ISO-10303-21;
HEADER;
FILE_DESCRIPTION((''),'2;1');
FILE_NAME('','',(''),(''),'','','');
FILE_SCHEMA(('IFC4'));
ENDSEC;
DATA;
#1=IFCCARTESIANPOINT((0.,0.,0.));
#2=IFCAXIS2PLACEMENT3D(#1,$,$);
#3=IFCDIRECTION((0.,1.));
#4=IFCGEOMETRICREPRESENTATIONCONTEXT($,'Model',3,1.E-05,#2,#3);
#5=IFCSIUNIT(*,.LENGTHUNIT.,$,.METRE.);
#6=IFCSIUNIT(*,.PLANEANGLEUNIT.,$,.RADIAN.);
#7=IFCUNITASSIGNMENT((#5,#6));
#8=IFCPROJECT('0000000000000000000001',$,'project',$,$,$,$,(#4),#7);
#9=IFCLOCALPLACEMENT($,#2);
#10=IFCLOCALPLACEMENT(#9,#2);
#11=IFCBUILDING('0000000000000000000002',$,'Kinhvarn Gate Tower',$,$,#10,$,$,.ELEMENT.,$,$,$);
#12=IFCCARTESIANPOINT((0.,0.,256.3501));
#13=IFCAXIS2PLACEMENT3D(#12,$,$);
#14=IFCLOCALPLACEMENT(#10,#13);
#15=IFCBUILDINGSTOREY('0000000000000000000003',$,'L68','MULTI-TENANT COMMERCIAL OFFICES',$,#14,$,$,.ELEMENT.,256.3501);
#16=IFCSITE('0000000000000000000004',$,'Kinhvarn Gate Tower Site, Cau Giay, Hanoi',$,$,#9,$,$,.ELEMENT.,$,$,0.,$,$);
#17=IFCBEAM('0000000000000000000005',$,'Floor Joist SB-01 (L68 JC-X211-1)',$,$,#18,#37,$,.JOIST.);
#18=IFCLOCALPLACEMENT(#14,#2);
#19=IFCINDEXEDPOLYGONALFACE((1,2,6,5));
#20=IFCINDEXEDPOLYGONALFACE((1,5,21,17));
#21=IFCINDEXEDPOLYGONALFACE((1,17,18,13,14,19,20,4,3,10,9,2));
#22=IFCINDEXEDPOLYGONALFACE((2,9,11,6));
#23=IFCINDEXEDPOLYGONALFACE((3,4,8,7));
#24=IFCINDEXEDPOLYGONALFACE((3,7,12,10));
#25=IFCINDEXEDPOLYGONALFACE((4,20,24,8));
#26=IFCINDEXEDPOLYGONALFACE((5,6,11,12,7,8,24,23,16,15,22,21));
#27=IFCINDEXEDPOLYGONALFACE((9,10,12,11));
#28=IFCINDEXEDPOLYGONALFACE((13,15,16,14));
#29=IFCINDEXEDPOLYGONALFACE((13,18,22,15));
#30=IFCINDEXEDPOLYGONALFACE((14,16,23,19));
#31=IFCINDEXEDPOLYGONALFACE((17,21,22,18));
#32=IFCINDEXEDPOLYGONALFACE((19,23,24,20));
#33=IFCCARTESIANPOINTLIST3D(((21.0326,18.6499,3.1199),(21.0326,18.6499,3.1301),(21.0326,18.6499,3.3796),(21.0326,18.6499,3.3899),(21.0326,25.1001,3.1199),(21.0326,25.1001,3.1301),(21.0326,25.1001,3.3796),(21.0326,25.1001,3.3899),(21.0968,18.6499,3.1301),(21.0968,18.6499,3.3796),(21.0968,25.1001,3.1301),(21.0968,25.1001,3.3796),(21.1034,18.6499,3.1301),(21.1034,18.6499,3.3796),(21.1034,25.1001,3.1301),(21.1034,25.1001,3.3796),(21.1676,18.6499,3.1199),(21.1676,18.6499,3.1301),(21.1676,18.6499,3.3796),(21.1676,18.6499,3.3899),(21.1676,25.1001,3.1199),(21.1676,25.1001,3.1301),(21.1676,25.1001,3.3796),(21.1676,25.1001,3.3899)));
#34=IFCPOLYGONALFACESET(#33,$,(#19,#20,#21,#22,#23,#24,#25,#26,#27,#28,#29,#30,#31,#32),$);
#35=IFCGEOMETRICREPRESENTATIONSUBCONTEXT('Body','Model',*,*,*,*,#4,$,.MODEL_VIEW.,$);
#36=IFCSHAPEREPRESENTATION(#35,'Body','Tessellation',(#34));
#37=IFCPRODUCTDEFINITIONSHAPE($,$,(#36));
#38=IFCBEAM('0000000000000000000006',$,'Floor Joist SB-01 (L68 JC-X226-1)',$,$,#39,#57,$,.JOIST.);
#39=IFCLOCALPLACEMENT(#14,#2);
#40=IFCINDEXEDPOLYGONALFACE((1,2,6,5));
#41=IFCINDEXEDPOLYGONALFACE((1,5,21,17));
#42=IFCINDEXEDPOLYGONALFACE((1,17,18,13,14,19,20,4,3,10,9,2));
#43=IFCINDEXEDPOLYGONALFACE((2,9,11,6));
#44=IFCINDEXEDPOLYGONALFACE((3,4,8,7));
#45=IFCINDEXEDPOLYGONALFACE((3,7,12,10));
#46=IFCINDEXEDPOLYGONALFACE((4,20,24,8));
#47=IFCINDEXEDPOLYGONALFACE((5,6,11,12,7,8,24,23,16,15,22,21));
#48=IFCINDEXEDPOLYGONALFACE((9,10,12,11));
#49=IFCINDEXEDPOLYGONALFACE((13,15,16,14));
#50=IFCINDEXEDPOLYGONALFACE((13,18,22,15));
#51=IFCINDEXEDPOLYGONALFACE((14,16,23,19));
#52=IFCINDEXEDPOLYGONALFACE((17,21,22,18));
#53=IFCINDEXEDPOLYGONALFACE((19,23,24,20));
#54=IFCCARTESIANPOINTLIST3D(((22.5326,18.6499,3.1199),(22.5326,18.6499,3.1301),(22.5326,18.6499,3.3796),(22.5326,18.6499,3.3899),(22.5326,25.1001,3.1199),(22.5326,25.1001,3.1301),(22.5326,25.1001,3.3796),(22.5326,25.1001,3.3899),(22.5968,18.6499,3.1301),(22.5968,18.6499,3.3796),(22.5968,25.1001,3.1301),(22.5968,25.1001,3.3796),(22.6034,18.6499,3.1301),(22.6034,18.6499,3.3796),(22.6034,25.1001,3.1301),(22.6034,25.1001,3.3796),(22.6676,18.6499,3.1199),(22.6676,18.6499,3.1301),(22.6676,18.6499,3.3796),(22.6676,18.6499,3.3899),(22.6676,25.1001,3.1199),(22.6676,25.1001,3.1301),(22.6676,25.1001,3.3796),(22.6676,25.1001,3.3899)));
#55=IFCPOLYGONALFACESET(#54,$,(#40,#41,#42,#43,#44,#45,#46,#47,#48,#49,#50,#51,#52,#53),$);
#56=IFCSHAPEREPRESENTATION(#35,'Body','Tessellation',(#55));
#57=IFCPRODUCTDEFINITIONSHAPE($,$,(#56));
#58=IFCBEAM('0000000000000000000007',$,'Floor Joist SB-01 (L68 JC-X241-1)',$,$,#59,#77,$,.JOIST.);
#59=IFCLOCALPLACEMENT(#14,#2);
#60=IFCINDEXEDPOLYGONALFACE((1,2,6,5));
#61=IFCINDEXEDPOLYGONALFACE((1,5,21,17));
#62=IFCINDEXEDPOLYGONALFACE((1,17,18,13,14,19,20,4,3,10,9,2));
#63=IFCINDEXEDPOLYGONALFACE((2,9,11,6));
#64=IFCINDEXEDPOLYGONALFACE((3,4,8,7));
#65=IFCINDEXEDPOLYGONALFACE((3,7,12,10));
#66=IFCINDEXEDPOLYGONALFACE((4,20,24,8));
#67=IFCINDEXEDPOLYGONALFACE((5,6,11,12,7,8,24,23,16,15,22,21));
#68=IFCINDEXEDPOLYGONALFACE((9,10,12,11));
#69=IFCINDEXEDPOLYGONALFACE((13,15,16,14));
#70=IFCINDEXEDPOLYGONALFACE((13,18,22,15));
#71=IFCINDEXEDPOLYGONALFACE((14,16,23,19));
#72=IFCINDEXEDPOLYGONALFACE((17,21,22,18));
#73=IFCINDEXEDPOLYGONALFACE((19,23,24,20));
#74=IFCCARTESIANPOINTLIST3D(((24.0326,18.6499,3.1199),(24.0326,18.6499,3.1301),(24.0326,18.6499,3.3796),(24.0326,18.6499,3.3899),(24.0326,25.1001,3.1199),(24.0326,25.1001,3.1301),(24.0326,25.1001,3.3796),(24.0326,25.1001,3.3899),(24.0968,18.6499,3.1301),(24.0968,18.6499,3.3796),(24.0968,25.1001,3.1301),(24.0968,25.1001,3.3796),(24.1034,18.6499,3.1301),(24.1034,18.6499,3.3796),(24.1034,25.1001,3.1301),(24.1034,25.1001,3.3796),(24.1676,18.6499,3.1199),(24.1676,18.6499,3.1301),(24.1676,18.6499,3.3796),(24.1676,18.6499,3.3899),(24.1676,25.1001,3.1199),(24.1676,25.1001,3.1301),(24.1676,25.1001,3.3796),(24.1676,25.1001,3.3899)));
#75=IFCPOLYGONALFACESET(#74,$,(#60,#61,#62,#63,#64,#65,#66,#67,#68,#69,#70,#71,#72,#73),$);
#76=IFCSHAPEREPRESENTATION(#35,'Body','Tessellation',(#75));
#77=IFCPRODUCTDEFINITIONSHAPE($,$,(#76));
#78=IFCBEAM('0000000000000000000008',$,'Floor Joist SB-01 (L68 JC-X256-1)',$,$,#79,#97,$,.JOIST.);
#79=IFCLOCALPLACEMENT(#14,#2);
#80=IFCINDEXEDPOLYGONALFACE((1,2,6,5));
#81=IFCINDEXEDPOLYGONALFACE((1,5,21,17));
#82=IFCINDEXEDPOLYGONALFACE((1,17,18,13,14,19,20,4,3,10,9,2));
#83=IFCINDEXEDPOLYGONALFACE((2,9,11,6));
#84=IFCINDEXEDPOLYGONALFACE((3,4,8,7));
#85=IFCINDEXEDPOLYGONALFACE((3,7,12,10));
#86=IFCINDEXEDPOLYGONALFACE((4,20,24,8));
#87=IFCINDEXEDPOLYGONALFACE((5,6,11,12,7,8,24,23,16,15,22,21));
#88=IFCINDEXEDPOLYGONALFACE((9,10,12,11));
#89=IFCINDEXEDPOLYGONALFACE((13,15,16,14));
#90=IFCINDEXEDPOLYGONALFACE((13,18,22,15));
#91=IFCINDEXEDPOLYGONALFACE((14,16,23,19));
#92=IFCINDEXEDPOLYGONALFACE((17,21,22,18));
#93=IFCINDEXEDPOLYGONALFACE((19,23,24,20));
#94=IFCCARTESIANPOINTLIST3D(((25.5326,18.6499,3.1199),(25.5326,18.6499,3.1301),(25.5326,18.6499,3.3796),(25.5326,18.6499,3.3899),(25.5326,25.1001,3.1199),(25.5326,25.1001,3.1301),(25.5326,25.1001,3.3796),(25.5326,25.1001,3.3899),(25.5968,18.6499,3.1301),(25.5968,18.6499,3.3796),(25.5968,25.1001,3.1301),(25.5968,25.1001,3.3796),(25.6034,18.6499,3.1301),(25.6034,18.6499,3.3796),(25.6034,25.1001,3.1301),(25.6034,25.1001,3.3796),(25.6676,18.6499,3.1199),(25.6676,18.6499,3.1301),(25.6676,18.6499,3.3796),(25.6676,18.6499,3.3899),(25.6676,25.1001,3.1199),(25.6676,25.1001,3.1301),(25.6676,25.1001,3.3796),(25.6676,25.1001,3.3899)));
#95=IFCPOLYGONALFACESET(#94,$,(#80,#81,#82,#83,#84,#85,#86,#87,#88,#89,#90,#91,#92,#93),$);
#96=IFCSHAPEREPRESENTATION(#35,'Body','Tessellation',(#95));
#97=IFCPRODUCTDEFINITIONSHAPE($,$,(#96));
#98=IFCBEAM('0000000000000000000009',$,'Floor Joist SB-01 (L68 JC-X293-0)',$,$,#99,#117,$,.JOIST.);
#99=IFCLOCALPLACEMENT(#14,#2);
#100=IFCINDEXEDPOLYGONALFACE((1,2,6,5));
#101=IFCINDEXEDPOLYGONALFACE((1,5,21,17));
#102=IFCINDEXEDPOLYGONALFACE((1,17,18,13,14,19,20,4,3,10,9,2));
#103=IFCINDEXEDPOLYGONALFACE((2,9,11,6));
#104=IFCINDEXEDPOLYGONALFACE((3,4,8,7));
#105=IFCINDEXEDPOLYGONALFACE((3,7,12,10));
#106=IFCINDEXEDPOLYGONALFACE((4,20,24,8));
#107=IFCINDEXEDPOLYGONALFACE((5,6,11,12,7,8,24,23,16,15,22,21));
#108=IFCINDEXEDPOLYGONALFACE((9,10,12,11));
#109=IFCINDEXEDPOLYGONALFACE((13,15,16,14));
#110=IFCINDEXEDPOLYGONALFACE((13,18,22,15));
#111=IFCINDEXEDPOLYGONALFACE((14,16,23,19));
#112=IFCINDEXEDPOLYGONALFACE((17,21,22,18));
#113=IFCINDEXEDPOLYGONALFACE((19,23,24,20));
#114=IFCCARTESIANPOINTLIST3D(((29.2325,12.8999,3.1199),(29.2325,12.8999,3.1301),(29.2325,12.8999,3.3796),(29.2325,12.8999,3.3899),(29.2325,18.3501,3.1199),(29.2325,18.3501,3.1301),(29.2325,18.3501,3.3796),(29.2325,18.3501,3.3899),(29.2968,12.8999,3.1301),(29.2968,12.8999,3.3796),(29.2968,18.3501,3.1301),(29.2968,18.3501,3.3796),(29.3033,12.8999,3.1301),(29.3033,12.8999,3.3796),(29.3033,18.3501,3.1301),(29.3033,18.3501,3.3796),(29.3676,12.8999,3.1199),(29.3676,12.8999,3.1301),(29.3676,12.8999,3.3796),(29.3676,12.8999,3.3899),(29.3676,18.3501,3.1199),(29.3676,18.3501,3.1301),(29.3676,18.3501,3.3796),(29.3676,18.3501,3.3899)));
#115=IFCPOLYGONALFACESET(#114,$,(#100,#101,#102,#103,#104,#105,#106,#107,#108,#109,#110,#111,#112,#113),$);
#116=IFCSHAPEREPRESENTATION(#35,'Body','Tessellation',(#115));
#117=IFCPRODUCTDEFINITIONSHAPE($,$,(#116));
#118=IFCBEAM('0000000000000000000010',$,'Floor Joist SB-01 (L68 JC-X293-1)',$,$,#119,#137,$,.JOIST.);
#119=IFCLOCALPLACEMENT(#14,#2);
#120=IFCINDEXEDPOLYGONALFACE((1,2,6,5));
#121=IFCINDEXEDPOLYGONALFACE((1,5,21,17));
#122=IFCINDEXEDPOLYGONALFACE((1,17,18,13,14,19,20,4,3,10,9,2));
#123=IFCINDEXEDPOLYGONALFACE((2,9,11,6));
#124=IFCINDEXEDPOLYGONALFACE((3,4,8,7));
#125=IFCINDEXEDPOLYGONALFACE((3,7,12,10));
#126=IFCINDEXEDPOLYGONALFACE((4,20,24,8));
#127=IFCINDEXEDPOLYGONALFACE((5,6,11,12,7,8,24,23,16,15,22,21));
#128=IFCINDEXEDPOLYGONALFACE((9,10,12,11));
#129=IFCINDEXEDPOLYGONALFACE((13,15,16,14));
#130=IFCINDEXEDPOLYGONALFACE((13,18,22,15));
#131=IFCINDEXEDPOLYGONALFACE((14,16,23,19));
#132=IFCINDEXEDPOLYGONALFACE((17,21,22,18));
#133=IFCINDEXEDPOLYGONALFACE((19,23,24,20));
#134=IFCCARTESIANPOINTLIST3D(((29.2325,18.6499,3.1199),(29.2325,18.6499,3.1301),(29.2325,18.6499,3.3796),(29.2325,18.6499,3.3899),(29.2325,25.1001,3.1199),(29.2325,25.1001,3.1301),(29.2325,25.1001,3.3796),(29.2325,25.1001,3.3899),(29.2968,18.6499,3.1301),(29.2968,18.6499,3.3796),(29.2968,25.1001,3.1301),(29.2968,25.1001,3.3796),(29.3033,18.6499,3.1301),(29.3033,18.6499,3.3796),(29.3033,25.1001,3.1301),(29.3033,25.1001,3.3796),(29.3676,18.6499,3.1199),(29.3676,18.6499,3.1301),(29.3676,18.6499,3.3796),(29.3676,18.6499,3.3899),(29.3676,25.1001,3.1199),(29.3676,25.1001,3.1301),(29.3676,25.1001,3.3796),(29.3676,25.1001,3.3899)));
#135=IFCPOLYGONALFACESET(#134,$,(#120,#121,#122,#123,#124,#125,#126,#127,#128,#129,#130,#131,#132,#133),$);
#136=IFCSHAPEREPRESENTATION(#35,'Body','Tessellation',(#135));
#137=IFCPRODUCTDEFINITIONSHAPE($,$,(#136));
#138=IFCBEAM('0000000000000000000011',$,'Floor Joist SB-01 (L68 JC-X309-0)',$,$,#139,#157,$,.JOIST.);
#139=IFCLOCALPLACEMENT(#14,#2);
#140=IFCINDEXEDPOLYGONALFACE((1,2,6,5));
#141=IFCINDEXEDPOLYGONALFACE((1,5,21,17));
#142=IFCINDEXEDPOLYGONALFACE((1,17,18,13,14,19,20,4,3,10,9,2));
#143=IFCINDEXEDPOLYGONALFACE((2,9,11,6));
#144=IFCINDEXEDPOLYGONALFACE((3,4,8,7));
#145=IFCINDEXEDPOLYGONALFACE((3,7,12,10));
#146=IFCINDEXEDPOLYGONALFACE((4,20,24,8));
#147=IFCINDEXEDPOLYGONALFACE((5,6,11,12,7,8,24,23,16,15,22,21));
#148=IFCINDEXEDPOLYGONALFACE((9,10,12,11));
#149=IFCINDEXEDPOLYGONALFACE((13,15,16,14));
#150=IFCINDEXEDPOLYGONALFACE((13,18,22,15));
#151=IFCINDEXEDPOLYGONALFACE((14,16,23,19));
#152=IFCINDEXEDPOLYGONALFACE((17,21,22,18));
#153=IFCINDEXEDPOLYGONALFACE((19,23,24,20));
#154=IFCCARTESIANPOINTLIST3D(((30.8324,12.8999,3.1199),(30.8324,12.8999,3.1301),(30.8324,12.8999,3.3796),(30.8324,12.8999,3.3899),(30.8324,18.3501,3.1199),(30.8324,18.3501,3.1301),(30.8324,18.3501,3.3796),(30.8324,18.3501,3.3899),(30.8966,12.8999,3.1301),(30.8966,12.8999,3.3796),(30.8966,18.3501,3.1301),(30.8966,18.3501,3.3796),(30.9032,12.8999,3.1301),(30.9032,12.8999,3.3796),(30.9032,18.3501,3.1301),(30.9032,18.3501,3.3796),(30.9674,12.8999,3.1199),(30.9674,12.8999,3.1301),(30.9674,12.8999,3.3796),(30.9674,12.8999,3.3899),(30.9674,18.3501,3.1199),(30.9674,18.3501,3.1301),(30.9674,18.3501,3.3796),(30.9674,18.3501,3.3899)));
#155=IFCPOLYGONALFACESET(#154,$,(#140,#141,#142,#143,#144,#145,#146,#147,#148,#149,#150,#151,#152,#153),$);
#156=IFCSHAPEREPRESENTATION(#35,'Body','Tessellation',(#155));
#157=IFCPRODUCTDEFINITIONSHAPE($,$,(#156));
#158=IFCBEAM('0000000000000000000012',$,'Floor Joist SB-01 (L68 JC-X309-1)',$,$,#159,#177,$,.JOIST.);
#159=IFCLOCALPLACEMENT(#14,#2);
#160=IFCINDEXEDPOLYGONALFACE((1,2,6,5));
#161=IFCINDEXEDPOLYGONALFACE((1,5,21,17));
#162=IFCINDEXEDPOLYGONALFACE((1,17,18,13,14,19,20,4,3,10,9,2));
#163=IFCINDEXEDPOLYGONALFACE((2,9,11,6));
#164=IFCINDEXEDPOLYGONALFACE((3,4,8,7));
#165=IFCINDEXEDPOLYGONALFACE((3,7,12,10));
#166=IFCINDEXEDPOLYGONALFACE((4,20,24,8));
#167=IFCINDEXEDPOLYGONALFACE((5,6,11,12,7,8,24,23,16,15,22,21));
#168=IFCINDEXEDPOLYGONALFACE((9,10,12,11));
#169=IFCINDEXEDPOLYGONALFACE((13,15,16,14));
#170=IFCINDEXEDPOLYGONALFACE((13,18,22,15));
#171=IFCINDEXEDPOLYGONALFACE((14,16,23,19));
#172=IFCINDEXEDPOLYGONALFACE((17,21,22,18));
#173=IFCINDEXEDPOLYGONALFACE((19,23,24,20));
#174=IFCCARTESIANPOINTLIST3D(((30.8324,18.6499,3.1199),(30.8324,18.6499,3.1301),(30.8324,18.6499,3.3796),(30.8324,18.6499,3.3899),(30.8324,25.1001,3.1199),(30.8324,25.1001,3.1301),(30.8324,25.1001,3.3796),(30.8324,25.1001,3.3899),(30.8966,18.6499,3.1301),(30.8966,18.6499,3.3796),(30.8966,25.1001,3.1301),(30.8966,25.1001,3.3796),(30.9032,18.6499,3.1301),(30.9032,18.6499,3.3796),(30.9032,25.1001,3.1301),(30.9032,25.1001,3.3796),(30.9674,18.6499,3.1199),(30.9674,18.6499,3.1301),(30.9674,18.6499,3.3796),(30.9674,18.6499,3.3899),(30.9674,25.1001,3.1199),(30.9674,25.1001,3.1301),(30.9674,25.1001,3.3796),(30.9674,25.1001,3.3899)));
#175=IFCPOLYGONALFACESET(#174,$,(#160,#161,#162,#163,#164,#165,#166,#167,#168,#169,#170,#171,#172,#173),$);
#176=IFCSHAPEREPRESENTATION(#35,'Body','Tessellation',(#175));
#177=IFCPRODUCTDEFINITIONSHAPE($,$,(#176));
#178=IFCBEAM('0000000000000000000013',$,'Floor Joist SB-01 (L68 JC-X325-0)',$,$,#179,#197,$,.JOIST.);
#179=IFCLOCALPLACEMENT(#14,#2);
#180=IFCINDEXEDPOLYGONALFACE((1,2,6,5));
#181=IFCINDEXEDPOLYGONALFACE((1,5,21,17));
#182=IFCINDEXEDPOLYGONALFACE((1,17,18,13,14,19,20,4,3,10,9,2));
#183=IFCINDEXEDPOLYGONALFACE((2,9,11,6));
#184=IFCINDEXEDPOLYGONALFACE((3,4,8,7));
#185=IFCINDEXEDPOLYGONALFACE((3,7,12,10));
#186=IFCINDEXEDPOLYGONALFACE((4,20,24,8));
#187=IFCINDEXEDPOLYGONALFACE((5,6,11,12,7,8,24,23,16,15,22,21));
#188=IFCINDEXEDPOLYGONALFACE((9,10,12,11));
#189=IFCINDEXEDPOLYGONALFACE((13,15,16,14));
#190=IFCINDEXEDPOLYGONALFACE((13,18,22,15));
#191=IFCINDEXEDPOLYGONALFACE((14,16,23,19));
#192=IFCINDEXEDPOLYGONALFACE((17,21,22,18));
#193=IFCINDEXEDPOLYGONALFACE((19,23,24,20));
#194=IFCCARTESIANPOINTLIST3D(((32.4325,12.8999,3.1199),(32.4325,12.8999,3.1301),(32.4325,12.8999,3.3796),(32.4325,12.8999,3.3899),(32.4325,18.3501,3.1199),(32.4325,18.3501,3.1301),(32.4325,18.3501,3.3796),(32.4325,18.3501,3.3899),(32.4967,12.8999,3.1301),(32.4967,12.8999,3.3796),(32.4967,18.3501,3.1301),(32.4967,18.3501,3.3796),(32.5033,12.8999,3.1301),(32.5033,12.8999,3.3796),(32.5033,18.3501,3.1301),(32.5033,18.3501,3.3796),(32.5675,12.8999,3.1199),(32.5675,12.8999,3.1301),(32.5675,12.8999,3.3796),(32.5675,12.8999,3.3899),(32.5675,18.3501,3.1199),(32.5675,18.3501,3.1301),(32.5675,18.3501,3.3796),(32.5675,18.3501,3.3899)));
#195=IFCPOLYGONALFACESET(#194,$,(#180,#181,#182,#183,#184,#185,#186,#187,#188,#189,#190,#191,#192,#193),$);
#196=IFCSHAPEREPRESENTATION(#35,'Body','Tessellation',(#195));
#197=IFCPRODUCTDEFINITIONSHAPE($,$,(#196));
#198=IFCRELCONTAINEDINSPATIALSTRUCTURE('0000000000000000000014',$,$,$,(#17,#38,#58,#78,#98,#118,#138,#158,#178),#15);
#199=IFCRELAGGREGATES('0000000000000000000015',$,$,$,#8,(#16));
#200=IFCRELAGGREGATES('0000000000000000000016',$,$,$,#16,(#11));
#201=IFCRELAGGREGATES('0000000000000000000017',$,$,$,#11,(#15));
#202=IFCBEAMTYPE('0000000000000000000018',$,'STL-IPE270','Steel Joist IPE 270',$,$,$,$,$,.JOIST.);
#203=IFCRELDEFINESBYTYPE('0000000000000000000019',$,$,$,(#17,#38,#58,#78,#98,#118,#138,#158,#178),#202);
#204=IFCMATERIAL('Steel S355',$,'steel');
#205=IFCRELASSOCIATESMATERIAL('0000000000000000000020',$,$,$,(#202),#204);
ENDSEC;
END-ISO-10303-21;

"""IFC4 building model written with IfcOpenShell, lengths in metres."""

from ifc_helpers import new_model, si_unit, direction, frame, origin, origin_2d, place, context, subcontext, project, spatial, i_section, extrude, material, material_profile, profile_set, type_object, element, save


model = new_model("IFC4")

# Units and contexts
model_context = context("Model", 3, precision=1e-05, world=origin(), true_north=direction((0.0, 1.0)))
body_context = subcontext(model_context, "Body", "Model", "MODEL_VIEW")
ifc_project = project(units=[si_unit("LENGTHUNIT", "METRE"), si_unit("PLANEANGLEUNIT", "RADIAN")], contexts=[model_context])

# Site, building, storey
site_placement = place(None, origin())
site = spatial("IfcSite", under=ifc_project, at=site_placement, Name="Kinhvarn Gate Tower Site, Cau Giay, Hanoi", CompositionType="ELEMENT", RefElevation=0.0)
building_placement = place(site_placement, origin())
building = spatial("IfcBuilding", under=site, at=building_placement, Name="Kinhvarn Gate Tower", CompositionType="ELEMENT")
storey_placement = place(building_placement, frame((0.0, 0.0, 256.3501)))
storey = spatial("IfcBuildingStorey", under=building, at=storey_placement, Name="L68", Description="MULTI-TENANT COMMERCIAL OFFICES", CompositionType="ELEMENT", Elevation=256.3501)

# Beams
ifc_material_1 = material(Name="Steel S355", Category="steel")
ifc_material_profile = material_profile(ifc_material_1, i_section(OverallWidth=0.135, OverallDepth=0.27, WebThickness=0.0066, FlangeThickness=0.0103, at=origin_2d()), Name="IPE 270")
ifc_profile_set = profile_set([ifc_material_profile], Name="Steel S355")
beam_type = type_object("IfcBeamType", Name="STL-IPE270", Description="Steel Joist IPE 270", PredefinedType="JOIST", material=ifc_profile_set)
for number, where, z_axis, x_axis, name in (
    (1, (21.1001, 18.6499, 3.2549), (0.0, 1.0, 0.0), (-1.0, 0.0, 0.0), "Floor Joist SB-01 (L68 JC-X211-1)"),
    (2, (22.6001, 18.6499, 3.2549), (0.0, 1.0, 0.0), (-1.0, 0.0, 0.0), "Floor Joist SB-01 (L68 JC-X226-1)"),
    (3, (24.1001, 18.6499, 3.2549), (0.0, 1.0, 0.0), (-1.0, 0.0, 0.0), "Floor Joist SB-01 (L68 JC-X241-1)"),
    (4, (25.6001, 18.6499, 3.2549), (0.0, 1.0, 0.0), (-1.0, 0.0, 0.0), "Floor Joist SB-01 (L68 JC-X256-1)"),
):
    element("IfcBeam", number, at=place(storey_placement, frame(where, z_axis=z_axis, x_axis=x_axis)), inside=storey, type_object=beam_type, Name=name, PredefinedType="JOIST", context=body_context, shape_type="SweptSolid", body=[
        extrude(i_section(OverallWidth=0.135, OverallDepth=0.27, WebThickness=0.0066, FlangeThickness=0.0103, at=origin_2d()), origin(), (0.0, 0.0, 1.0), 6.4502),
    ])
beam_1_placement = place(storey_placement, frame((29.3, 12.8999, 3.2549), z_axis=(0.0, 1.0, 0.0), x_axis=(-1.0, 0.0, 0.0)))
element("IfcBeam", 5, at=beam_1_placement, inside=storey, type_object=beam_type, Name="Floor Joist SB-01 (L68 JC-X293-0)", PredefinedType="JOIST", context=body_context, shape_type="SweptSolid", body=[
    extrude(i_section(OverallWidth=0.135, OverallDepth=0.27, WebThickness=0.0066, FlangeThickness=0.0103, at=origin_2d()), origin(), (0.0, 0.0, 1.0), 5.4502),
])
beam_2_placement = place(storey_placement, frame((29.3, 18.6499, 3.2549), z_axis=(0.0, 1.0, 0.0), x_axis=(-1.0, 0.0, 0.0)))
element("IfcBeam", 6, at=beam_2_placement, inside=storey, type_object=beam_type, Name="Floor Joist SB-01 (L68 JC-X293-1)", PredefinedType="JOIST", context=body_context, shape_type="SweptSolid", body=[
    extrude(i_section(OverallWidth=0.135, OverallDepth=0.27, WebThickness=0.0066, FlangeThickness=0.0103, at=origin_2d()), origin(), (0.0, 0.0, 1.0), 6.4502),
])
beam_3_placement = place(storey_placement, frame((30.8999, 12.8999, 3.2549), z_axis=(0.0, 1.0, 0.0), x_axis=(-1.0, 0.0, 0.0)))
element("IfcBeam", 7, at=beam_3_placement, inside=storey, type_object=beam_type, Name="Floor Joist SB-01 (L68 JC-X309-0)", PredefinedType="JOIST", context=body_context, shape_type="SweptSolid", body=[
    extrude(i_section(OverallWidth=0.135, OverallDepth=0.27, WebThickness=0.0066, FlangeThickness=0.0103, at=origin_2d()), origin(), (0.0, 0.0, 1.0), 5.4502),
])
beam_4_placement = place(storey_placement, frame((30.8999, 18.6499, 3.2549), z_axis=(0.0, 1.0, 0.0), x_axis=(-1.0, 0.0, 0.0)))
element("IfcBeam", 8, at=beam_4_placement, inside=storey, type_object=beam_type, Name="Floor Joist SB-01 (L68 JC-X309-1)", PredefinedType="JOIST", context=body_context, shape_type="SweptSolid", body=[
    extrude(i_section(OverallWidth=0.135, OverallDepth=0.27, WebThickness=0.0066, FlangeThickness=0.0103, at=origin_2d()), origin(), (0.0, 0.0, 1.0), 6.4502),
])
beam_5_placement = place(storey_placement, frame((32.5, 12.8999, 3.2549), z_axis=(0.0, 1.0, 0.0), x_axis=(-1.0, 0.0, 0.0)))
element("IfcBeam", 9, at=beam_5_placement, inside=storey, type_object=beam_type, Name="Floor Joist SB-01 (L68 JC-X325-0)", PredefinedType="JOIST", context=body_context, shape_type="SweptSolid", body=[
    extrude(i_section(OverallWidth=0.135, OverallDepth=0.27, WebThickness=0.0066, FlangeThickness=0.0103, at=origin_2d()), origin(), (0.0, 0.0, 1.0), 5.4502),
])

save(model, "model.ifc")
